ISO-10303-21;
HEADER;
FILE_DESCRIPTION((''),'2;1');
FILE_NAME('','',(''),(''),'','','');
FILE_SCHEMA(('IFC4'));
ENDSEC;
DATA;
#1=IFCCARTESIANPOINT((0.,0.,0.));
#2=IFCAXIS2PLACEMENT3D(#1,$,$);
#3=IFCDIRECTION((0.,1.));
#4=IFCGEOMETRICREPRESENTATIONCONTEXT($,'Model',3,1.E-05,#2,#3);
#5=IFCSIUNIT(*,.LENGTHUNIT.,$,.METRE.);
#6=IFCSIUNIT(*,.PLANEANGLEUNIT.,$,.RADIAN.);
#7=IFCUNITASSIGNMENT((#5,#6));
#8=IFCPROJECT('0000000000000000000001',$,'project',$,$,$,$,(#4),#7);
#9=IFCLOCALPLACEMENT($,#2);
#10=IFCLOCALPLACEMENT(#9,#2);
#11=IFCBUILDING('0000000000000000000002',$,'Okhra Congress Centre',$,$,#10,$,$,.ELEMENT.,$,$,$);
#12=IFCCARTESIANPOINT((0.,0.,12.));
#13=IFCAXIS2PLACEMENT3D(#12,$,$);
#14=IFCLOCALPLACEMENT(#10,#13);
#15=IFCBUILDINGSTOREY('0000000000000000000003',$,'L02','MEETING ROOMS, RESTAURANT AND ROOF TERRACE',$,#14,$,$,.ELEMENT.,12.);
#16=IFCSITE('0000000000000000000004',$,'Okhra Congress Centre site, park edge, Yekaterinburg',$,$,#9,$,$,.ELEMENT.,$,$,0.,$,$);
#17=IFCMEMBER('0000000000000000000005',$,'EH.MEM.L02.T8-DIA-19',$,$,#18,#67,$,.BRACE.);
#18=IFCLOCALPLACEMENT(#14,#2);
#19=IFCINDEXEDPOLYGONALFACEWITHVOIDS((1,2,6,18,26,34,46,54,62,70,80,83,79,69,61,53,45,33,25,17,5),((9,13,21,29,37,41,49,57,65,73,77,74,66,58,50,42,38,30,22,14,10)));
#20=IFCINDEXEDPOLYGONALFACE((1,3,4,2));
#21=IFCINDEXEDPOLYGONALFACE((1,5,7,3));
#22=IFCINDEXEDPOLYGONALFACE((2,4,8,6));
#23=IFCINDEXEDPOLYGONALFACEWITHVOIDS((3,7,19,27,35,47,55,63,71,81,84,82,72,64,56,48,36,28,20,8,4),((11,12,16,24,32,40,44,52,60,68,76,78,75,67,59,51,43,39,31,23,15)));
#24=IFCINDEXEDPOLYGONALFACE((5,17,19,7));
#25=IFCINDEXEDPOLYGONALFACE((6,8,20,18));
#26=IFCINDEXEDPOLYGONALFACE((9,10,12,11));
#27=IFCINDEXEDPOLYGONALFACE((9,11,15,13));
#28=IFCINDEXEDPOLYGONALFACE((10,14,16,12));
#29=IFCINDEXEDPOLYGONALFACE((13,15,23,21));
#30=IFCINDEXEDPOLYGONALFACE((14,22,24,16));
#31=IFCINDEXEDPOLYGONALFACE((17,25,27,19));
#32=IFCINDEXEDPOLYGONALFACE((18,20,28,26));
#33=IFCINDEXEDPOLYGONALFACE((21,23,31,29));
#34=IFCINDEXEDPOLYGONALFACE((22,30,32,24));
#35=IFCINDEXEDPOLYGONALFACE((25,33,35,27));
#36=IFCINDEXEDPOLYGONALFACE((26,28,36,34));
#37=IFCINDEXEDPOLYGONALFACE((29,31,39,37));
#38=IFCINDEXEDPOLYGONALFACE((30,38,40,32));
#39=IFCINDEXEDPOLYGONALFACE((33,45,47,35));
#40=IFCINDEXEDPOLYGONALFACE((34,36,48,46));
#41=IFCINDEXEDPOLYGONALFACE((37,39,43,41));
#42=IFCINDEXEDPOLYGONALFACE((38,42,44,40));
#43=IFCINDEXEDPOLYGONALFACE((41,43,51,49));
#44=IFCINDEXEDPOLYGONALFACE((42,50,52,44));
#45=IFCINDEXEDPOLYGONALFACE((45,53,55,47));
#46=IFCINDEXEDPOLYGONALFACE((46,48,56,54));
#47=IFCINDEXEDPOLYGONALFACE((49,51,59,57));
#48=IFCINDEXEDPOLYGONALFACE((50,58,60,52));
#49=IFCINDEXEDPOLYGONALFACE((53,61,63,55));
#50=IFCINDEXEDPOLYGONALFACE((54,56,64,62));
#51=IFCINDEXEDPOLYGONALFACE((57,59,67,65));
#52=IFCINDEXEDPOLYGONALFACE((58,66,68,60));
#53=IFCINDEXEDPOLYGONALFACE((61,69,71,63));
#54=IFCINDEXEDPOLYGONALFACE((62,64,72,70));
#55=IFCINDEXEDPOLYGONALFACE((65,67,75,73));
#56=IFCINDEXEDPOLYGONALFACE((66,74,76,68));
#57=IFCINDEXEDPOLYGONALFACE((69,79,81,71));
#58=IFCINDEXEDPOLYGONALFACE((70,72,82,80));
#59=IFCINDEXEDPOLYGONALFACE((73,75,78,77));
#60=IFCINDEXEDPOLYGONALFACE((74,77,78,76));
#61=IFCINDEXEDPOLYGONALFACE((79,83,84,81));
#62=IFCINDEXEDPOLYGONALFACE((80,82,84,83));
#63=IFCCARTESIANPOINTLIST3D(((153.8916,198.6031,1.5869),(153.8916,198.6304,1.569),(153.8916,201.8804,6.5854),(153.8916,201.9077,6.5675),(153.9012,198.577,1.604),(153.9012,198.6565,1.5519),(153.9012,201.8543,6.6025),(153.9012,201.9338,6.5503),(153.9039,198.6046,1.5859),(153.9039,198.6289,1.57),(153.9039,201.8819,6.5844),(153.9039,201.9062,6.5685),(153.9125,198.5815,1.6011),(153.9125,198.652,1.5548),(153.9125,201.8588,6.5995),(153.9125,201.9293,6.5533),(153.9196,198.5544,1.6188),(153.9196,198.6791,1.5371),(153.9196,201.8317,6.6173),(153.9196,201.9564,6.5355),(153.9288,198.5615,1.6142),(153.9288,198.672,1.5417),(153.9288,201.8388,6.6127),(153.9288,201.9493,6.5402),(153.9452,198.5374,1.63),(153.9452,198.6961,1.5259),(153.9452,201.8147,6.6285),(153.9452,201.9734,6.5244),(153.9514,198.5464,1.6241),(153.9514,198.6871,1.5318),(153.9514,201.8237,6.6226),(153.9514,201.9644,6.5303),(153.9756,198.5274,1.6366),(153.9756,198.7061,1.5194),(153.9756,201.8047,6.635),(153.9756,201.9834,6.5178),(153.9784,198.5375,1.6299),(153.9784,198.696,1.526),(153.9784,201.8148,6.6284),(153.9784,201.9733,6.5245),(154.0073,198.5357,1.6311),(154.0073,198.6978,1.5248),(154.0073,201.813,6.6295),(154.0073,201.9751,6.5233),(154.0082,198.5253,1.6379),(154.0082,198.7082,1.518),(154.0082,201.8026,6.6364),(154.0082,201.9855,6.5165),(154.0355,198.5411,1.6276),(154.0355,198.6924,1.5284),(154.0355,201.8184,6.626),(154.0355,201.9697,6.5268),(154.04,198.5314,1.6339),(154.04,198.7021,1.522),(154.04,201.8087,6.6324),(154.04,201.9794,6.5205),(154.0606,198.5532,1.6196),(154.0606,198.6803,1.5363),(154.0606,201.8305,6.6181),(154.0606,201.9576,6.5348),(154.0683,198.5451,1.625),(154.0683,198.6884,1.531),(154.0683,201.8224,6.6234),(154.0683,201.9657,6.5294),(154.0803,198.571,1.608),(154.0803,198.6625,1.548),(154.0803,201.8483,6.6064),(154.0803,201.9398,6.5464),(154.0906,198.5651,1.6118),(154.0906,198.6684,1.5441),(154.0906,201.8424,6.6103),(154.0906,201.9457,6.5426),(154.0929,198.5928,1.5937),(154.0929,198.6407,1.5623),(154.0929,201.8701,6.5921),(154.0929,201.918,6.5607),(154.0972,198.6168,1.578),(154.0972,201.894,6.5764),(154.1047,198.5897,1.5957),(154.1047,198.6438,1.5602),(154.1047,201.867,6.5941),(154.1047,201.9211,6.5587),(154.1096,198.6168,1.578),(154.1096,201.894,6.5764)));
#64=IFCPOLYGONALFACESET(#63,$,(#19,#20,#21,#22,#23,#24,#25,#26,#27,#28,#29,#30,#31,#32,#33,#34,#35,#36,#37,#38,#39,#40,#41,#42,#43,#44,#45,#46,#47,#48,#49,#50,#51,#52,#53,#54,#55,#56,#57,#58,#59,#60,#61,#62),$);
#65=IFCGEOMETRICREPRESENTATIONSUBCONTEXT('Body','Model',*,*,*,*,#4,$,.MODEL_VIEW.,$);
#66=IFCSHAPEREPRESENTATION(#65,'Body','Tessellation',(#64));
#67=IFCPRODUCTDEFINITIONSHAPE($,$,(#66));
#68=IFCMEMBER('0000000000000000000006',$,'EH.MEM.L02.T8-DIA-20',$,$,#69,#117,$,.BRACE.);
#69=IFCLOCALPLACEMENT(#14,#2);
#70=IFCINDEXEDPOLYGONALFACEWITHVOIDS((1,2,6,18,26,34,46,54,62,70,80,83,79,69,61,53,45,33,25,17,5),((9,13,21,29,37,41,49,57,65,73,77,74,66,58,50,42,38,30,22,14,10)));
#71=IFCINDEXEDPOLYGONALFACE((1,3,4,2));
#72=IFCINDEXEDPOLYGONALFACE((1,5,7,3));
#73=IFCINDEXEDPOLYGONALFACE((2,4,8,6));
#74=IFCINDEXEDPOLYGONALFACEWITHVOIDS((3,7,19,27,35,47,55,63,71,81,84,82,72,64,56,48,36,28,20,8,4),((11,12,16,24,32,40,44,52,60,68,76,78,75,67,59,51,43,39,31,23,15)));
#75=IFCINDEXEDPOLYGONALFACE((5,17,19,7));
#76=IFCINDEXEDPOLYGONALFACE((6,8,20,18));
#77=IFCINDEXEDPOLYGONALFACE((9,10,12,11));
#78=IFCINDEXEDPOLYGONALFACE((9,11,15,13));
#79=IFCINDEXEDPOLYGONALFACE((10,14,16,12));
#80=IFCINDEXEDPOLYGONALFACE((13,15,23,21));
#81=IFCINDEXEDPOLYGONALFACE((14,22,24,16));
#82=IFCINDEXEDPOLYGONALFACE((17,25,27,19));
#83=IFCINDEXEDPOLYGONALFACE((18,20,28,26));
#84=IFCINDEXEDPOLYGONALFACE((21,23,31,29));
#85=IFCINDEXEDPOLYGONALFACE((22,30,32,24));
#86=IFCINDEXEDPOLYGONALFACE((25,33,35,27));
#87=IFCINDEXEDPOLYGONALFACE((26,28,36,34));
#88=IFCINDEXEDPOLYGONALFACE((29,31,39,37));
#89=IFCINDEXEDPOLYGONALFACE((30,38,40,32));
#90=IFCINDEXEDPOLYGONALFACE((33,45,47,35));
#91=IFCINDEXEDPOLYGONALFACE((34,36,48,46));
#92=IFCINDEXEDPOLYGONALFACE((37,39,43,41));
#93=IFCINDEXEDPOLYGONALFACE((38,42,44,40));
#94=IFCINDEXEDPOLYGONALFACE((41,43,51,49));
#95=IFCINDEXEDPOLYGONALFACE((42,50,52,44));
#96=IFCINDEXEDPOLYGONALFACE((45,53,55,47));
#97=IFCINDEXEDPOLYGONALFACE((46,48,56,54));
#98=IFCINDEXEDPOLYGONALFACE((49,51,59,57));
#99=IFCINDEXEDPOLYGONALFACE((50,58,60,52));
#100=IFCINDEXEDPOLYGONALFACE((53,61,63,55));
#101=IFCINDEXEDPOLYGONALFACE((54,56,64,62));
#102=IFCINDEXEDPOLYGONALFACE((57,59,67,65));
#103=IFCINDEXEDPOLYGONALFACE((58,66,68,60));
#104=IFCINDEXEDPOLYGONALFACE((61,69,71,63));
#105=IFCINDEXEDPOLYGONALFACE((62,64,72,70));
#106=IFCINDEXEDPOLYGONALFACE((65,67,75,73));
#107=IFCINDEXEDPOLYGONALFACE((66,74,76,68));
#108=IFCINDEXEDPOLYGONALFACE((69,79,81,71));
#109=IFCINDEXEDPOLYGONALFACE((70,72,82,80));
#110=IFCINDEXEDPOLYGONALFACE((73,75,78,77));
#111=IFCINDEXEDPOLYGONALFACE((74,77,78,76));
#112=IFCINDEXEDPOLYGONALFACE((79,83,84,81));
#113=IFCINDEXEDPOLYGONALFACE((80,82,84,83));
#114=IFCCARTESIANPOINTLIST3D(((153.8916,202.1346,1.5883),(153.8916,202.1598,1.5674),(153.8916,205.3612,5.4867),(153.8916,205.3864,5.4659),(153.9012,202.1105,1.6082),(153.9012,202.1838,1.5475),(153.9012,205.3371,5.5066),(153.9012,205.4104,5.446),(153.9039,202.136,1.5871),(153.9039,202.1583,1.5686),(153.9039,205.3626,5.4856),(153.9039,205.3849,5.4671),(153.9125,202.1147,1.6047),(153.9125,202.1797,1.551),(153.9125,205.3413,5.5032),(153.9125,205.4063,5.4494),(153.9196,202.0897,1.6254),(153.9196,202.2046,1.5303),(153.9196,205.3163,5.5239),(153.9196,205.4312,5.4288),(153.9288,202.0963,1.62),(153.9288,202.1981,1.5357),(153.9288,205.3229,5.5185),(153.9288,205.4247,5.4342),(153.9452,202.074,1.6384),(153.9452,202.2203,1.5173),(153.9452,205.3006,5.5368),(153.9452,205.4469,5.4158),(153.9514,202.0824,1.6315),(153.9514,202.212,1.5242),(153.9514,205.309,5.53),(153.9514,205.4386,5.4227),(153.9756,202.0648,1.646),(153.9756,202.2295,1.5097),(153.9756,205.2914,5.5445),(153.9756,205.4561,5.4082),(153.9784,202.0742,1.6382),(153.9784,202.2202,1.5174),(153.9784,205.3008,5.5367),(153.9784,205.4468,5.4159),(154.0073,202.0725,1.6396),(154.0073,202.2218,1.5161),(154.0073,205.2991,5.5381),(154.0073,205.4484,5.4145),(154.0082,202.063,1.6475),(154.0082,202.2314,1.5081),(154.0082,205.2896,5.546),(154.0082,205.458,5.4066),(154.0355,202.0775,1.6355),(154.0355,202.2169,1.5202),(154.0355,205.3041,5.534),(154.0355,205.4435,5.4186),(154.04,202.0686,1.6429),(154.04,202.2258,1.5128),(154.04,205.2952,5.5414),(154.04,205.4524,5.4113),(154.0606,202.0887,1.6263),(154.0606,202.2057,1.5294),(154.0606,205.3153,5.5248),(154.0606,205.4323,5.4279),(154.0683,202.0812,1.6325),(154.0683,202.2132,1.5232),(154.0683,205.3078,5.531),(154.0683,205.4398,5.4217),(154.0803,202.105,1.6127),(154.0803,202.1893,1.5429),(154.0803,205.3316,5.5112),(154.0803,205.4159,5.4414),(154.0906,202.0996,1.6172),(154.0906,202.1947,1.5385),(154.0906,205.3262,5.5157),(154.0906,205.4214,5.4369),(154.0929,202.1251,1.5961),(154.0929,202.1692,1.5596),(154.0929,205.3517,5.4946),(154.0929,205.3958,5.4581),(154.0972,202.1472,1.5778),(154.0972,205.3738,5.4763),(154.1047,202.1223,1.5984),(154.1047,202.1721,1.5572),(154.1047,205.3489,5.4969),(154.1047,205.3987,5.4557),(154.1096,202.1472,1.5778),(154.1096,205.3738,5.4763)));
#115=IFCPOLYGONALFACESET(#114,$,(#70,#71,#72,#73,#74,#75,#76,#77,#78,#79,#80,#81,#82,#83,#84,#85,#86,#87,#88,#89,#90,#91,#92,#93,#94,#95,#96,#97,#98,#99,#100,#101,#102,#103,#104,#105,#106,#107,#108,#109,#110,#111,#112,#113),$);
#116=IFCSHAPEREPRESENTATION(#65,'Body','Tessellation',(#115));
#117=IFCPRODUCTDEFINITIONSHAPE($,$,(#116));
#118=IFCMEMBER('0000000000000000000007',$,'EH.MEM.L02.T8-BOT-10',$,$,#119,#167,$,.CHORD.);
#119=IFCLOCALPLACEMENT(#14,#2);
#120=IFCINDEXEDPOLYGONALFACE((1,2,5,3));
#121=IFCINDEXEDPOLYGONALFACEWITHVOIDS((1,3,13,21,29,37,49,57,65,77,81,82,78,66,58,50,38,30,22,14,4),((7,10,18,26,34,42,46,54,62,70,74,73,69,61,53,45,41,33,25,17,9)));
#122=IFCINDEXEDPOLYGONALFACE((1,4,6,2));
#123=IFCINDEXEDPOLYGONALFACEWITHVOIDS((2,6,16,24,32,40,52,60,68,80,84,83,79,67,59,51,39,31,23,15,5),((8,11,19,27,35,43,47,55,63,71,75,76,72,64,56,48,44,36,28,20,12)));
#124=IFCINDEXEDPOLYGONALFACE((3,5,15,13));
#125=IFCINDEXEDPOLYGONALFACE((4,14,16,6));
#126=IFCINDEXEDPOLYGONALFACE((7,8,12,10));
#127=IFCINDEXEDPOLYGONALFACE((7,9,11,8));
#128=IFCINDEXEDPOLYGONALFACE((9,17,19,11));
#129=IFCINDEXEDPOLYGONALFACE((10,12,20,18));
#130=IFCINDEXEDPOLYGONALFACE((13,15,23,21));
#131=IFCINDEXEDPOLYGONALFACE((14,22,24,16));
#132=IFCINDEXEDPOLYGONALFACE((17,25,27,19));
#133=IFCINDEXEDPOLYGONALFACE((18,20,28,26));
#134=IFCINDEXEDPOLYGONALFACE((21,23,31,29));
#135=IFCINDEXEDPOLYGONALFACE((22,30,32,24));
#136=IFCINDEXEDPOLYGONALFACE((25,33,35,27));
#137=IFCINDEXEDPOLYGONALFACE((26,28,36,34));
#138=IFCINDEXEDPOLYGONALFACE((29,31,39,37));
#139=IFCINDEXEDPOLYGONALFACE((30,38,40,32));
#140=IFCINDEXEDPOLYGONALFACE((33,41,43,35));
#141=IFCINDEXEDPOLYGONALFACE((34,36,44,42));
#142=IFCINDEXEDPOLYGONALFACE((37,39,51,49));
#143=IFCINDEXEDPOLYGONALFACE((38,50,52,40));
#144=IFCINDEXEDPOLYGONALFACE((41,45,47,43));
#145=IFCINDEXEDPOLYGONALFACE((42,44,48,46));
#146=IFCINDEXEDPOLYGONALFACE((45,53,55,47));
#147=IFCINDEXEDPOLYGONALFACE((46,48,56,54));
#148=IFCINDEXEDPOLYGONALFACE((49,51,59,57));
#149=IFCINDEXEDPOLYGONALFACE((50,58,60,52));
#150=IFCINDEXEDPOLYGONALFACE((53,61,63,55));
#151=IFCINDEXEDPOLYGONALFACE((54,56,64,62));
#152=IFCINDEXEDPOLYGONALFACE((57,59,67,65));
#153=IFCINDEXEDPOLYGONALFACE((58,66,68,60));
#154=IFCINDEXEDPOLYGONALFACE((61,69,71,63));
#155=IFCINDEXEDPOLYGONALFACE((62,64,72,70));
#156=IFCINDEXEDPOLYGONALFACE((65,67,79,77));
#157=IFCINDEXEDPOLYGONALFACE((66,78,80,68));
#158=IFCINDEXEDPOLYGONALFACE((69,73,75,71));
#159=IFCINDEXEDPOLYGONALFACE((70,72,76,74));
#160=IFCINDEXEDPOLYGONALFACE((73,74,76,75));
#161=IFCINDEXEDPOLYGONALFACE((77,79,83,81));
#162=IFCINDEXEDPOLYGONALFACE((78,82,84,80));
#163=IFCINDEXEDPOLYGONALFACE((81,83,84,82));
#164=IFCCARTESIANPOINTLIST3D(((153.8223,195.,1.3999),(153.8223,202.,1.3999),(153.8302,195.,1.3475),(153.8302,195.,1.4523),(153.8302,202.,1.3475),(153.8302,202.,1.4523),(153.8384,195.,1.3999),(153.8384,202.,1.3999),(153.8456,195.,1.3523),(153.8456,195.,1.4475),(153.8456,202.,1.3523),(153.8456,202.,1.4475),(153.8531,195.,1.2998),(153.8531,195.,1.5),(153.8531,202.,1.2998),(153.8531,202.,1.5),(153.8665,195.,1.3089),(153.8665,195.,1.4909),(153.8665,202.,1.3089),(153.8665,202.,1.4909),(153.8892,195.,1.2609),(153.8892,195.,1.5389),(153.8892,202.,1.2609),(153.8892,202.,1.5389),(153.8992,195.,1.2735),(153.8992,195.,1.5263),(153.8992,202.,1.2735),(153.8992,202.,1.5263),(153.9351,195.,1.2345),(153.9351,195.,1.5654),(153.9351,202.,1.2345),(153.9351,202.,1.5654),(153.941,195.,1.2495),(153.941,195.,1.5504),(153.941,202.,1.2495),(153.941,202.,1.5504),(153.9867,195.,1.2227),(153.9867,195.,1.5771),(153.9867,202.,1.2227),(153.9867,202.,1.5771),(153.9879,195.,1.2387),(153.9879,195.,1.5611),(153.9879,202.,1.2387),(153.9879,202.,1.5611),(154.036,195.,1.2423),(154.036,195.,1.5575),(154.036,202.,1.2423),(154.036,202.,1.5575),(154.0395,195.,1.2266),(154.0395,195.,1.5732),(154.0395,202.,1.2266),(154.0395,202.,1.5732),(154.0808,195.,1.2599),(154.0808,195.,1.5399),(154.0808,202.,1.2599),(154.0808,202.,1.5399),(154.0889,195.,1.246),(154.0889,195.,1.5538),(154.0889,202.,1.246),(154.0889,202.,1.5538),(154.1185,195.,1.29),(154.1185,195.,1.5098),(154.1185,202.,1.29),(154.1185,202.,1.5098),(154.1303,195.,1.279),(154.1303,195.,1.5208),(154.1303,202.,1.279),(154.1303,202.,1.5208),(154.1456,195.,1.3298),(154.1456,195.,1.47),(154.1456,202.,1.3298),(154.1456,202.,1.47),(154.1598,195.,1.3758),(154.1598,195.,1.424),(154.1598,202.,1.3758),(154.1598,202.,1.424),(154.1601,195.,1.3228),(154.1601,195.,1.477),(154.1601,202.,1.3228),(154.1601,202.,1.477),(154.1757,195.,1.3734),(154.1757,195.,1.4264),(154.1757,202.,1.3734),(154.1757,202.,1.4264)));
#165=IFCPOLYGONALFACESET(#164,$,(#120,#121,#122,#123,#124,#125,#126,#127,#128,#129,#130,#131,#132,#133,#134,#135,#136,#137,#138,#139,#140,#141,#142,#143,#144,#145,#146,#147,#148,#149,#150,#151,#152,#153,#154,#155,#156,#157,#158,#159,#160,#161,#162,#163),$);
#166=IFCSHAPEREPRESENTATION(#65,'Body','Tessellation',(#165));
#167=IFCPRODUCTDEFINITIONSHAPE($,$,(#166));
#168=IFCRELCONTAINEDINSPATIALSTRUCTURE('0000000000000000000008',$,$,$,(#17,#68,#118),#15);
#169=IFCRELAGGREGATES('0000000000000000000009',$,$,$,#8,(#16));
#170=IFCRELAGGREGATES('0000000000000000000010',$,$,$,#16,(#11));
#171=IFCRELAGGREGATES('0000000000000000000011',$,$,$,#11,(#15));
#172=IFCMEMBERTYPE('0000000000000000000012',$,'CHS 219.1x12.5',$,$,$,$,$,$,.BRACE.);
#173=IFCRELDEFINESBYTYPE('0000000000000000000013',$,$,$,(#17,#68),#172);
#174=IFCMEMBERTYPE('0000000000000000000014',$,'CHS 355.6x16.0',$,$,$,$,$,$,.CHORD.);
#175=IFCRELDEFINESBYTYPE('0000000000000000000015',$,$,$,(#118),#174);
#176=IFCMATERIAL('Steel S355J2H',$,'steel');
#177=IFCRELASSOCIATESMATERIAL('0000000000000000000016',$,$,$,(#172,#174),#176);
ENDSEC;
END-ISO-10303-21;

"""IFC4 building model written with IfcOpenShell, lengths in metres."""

from ifc_helpers import new_model, si_unit, direction, frame, origin, origin_2d, place, context, subcontext, project, spatial, hollow_circle, extrude, material, material_profile, profile_set, type_object, element, save


model = new_model("IFC4")

# Units and contexts
model_context = context("Model", 3, precision=1e-05, world=origin(), true_north=direction((0.0, 1.0)))
body_context = subcontext(model_context, "Body", "Model", "MODEL_VIEW")
ifc_project = project(units=[si_unit("LENGTHUNIT", "METRE"), si_unit("PLANEANGLEUNIT", "RADIAN")], contexts=[model_context])

# Site, building, storey
site_placement = place(None, origin())
site = spatial("IfcSite", under=ifc_project, at=site_placement, Name="Okhra Congress Centre site, park edge, Yekaterinburg", CompositionType="ELEMENT", RefElevation=0.0)
building_placement = place(site_placement, origin())
building = spatial("IfcBuilding", under=site, at=building_placement, Name="Okhra Congress Centre", CompositionType="ELEMENT")
storey_placement = place(building_placement, frame((0.0, 0.0, 12.0)))
storey = spatial("IfcBuildingStorey", under=building, at=storey_placement, Name="L02", Description="MEETING ROOMS, RESTAURANT AND ROOF TERRACE", CompositionType="ELEMENT", Elevation=12.0)

# Members
ifc_material_1 = material(Name="Steel S355J2H", Category="steel")
ifc_material_profile_1 = material_profile(ifc_material_1, hollow_circle(Radius=0.1096, WallThickness=0.0125, at=origin_2d()), Name="CHS 219.1x12.5")
ifc_profile_set_1 = profile_set([ifc_material_profile_1], Name="Steel S355J2H")
member_type_1 = type_object("IfcMemberType", Name="CHS 219.1x12.5", PredefinedType="BRACE", material=ifc_profile_set_1)
member_1_placement = place(storey_placement, frame((154.0, 201.894, 6.5764), z_axis=(0.0, -0.548312, -0.836274), x_axis=(1.0, 0.0, 0.0)))
element("IfcMember", 1, at=member_1_placement, inside=storey, type_object=member_type_1, Name="EH.MEM.L02.T8-DIA-19", PredefinedType="BRACE", context=body_context, shape_type="SweptSolid", body=[
    extrude(hollow_circle(Radius=0.1096, WallThickness=0.0125, at=origin_2d()), origin(), (0.0, 0.0, 1.0), 5.9771),
])
member_2_placement = place(storey_placement, frame((154.0, 205.3738, 5.4763), z_axis=(0.0, -0.637599, -0.770368), x_axis=(1.0, 0.0, 0.0)))
element("IfcMember", 2, at=member_2_placement, inside=storey, type_object=member_type_1, Name="EH.MEM.L02.T8-DIA-20", PredefinedType="BRACE", context=body_context, shape_type="SweptSolid", body=[
    extrude(hollow_circle(Radius=0.1096, WallThickness=0.0125, at=origin_2d()), origin(), (0.0, 0.0, 1.0), 5.0605),
])
ifc_material_profile_2 = material_profile(ifc_material_1, hollow_circle(Radius=0.1777, WallThickness=0.0161, at=origin_2d()), Name="CHS 355.6x16.0")
ifc_profile_set_2 = profile_set([ifc_material_profile_2], Name="Steel S355J2H")
member_type_2 = type_object("IfcMemberType", Name="CHS 355.6x16.0", PredefinedType="CHORD", material=ifc_profile_set_2)
for number, where, z_axis, x_axis, name in (
    (3, (154.0, 195.0, 1.3999), (0.0, 1.0, 0.0), (-1.0, 0.0, 0.0), "EH.MEM.L02.T8-BOT-10"),
):
    element("IfcMember", number, at=place(storey_placement, frame(where, z_axis=z_axis, x_axis=x_axis)), inside=storey, type_object=member_type_2, Name=name, PredefinedType="CHORD", context=body_context, shape_type="SweptSolid", body=[
        extrude(hollow_circle(Radius=0.1777, WallThickness=0.0161, at=origin_2d()), origin(), (0.0, 0.0, 1.0), 7.0),
    ])

save(model, "model.ifc")
